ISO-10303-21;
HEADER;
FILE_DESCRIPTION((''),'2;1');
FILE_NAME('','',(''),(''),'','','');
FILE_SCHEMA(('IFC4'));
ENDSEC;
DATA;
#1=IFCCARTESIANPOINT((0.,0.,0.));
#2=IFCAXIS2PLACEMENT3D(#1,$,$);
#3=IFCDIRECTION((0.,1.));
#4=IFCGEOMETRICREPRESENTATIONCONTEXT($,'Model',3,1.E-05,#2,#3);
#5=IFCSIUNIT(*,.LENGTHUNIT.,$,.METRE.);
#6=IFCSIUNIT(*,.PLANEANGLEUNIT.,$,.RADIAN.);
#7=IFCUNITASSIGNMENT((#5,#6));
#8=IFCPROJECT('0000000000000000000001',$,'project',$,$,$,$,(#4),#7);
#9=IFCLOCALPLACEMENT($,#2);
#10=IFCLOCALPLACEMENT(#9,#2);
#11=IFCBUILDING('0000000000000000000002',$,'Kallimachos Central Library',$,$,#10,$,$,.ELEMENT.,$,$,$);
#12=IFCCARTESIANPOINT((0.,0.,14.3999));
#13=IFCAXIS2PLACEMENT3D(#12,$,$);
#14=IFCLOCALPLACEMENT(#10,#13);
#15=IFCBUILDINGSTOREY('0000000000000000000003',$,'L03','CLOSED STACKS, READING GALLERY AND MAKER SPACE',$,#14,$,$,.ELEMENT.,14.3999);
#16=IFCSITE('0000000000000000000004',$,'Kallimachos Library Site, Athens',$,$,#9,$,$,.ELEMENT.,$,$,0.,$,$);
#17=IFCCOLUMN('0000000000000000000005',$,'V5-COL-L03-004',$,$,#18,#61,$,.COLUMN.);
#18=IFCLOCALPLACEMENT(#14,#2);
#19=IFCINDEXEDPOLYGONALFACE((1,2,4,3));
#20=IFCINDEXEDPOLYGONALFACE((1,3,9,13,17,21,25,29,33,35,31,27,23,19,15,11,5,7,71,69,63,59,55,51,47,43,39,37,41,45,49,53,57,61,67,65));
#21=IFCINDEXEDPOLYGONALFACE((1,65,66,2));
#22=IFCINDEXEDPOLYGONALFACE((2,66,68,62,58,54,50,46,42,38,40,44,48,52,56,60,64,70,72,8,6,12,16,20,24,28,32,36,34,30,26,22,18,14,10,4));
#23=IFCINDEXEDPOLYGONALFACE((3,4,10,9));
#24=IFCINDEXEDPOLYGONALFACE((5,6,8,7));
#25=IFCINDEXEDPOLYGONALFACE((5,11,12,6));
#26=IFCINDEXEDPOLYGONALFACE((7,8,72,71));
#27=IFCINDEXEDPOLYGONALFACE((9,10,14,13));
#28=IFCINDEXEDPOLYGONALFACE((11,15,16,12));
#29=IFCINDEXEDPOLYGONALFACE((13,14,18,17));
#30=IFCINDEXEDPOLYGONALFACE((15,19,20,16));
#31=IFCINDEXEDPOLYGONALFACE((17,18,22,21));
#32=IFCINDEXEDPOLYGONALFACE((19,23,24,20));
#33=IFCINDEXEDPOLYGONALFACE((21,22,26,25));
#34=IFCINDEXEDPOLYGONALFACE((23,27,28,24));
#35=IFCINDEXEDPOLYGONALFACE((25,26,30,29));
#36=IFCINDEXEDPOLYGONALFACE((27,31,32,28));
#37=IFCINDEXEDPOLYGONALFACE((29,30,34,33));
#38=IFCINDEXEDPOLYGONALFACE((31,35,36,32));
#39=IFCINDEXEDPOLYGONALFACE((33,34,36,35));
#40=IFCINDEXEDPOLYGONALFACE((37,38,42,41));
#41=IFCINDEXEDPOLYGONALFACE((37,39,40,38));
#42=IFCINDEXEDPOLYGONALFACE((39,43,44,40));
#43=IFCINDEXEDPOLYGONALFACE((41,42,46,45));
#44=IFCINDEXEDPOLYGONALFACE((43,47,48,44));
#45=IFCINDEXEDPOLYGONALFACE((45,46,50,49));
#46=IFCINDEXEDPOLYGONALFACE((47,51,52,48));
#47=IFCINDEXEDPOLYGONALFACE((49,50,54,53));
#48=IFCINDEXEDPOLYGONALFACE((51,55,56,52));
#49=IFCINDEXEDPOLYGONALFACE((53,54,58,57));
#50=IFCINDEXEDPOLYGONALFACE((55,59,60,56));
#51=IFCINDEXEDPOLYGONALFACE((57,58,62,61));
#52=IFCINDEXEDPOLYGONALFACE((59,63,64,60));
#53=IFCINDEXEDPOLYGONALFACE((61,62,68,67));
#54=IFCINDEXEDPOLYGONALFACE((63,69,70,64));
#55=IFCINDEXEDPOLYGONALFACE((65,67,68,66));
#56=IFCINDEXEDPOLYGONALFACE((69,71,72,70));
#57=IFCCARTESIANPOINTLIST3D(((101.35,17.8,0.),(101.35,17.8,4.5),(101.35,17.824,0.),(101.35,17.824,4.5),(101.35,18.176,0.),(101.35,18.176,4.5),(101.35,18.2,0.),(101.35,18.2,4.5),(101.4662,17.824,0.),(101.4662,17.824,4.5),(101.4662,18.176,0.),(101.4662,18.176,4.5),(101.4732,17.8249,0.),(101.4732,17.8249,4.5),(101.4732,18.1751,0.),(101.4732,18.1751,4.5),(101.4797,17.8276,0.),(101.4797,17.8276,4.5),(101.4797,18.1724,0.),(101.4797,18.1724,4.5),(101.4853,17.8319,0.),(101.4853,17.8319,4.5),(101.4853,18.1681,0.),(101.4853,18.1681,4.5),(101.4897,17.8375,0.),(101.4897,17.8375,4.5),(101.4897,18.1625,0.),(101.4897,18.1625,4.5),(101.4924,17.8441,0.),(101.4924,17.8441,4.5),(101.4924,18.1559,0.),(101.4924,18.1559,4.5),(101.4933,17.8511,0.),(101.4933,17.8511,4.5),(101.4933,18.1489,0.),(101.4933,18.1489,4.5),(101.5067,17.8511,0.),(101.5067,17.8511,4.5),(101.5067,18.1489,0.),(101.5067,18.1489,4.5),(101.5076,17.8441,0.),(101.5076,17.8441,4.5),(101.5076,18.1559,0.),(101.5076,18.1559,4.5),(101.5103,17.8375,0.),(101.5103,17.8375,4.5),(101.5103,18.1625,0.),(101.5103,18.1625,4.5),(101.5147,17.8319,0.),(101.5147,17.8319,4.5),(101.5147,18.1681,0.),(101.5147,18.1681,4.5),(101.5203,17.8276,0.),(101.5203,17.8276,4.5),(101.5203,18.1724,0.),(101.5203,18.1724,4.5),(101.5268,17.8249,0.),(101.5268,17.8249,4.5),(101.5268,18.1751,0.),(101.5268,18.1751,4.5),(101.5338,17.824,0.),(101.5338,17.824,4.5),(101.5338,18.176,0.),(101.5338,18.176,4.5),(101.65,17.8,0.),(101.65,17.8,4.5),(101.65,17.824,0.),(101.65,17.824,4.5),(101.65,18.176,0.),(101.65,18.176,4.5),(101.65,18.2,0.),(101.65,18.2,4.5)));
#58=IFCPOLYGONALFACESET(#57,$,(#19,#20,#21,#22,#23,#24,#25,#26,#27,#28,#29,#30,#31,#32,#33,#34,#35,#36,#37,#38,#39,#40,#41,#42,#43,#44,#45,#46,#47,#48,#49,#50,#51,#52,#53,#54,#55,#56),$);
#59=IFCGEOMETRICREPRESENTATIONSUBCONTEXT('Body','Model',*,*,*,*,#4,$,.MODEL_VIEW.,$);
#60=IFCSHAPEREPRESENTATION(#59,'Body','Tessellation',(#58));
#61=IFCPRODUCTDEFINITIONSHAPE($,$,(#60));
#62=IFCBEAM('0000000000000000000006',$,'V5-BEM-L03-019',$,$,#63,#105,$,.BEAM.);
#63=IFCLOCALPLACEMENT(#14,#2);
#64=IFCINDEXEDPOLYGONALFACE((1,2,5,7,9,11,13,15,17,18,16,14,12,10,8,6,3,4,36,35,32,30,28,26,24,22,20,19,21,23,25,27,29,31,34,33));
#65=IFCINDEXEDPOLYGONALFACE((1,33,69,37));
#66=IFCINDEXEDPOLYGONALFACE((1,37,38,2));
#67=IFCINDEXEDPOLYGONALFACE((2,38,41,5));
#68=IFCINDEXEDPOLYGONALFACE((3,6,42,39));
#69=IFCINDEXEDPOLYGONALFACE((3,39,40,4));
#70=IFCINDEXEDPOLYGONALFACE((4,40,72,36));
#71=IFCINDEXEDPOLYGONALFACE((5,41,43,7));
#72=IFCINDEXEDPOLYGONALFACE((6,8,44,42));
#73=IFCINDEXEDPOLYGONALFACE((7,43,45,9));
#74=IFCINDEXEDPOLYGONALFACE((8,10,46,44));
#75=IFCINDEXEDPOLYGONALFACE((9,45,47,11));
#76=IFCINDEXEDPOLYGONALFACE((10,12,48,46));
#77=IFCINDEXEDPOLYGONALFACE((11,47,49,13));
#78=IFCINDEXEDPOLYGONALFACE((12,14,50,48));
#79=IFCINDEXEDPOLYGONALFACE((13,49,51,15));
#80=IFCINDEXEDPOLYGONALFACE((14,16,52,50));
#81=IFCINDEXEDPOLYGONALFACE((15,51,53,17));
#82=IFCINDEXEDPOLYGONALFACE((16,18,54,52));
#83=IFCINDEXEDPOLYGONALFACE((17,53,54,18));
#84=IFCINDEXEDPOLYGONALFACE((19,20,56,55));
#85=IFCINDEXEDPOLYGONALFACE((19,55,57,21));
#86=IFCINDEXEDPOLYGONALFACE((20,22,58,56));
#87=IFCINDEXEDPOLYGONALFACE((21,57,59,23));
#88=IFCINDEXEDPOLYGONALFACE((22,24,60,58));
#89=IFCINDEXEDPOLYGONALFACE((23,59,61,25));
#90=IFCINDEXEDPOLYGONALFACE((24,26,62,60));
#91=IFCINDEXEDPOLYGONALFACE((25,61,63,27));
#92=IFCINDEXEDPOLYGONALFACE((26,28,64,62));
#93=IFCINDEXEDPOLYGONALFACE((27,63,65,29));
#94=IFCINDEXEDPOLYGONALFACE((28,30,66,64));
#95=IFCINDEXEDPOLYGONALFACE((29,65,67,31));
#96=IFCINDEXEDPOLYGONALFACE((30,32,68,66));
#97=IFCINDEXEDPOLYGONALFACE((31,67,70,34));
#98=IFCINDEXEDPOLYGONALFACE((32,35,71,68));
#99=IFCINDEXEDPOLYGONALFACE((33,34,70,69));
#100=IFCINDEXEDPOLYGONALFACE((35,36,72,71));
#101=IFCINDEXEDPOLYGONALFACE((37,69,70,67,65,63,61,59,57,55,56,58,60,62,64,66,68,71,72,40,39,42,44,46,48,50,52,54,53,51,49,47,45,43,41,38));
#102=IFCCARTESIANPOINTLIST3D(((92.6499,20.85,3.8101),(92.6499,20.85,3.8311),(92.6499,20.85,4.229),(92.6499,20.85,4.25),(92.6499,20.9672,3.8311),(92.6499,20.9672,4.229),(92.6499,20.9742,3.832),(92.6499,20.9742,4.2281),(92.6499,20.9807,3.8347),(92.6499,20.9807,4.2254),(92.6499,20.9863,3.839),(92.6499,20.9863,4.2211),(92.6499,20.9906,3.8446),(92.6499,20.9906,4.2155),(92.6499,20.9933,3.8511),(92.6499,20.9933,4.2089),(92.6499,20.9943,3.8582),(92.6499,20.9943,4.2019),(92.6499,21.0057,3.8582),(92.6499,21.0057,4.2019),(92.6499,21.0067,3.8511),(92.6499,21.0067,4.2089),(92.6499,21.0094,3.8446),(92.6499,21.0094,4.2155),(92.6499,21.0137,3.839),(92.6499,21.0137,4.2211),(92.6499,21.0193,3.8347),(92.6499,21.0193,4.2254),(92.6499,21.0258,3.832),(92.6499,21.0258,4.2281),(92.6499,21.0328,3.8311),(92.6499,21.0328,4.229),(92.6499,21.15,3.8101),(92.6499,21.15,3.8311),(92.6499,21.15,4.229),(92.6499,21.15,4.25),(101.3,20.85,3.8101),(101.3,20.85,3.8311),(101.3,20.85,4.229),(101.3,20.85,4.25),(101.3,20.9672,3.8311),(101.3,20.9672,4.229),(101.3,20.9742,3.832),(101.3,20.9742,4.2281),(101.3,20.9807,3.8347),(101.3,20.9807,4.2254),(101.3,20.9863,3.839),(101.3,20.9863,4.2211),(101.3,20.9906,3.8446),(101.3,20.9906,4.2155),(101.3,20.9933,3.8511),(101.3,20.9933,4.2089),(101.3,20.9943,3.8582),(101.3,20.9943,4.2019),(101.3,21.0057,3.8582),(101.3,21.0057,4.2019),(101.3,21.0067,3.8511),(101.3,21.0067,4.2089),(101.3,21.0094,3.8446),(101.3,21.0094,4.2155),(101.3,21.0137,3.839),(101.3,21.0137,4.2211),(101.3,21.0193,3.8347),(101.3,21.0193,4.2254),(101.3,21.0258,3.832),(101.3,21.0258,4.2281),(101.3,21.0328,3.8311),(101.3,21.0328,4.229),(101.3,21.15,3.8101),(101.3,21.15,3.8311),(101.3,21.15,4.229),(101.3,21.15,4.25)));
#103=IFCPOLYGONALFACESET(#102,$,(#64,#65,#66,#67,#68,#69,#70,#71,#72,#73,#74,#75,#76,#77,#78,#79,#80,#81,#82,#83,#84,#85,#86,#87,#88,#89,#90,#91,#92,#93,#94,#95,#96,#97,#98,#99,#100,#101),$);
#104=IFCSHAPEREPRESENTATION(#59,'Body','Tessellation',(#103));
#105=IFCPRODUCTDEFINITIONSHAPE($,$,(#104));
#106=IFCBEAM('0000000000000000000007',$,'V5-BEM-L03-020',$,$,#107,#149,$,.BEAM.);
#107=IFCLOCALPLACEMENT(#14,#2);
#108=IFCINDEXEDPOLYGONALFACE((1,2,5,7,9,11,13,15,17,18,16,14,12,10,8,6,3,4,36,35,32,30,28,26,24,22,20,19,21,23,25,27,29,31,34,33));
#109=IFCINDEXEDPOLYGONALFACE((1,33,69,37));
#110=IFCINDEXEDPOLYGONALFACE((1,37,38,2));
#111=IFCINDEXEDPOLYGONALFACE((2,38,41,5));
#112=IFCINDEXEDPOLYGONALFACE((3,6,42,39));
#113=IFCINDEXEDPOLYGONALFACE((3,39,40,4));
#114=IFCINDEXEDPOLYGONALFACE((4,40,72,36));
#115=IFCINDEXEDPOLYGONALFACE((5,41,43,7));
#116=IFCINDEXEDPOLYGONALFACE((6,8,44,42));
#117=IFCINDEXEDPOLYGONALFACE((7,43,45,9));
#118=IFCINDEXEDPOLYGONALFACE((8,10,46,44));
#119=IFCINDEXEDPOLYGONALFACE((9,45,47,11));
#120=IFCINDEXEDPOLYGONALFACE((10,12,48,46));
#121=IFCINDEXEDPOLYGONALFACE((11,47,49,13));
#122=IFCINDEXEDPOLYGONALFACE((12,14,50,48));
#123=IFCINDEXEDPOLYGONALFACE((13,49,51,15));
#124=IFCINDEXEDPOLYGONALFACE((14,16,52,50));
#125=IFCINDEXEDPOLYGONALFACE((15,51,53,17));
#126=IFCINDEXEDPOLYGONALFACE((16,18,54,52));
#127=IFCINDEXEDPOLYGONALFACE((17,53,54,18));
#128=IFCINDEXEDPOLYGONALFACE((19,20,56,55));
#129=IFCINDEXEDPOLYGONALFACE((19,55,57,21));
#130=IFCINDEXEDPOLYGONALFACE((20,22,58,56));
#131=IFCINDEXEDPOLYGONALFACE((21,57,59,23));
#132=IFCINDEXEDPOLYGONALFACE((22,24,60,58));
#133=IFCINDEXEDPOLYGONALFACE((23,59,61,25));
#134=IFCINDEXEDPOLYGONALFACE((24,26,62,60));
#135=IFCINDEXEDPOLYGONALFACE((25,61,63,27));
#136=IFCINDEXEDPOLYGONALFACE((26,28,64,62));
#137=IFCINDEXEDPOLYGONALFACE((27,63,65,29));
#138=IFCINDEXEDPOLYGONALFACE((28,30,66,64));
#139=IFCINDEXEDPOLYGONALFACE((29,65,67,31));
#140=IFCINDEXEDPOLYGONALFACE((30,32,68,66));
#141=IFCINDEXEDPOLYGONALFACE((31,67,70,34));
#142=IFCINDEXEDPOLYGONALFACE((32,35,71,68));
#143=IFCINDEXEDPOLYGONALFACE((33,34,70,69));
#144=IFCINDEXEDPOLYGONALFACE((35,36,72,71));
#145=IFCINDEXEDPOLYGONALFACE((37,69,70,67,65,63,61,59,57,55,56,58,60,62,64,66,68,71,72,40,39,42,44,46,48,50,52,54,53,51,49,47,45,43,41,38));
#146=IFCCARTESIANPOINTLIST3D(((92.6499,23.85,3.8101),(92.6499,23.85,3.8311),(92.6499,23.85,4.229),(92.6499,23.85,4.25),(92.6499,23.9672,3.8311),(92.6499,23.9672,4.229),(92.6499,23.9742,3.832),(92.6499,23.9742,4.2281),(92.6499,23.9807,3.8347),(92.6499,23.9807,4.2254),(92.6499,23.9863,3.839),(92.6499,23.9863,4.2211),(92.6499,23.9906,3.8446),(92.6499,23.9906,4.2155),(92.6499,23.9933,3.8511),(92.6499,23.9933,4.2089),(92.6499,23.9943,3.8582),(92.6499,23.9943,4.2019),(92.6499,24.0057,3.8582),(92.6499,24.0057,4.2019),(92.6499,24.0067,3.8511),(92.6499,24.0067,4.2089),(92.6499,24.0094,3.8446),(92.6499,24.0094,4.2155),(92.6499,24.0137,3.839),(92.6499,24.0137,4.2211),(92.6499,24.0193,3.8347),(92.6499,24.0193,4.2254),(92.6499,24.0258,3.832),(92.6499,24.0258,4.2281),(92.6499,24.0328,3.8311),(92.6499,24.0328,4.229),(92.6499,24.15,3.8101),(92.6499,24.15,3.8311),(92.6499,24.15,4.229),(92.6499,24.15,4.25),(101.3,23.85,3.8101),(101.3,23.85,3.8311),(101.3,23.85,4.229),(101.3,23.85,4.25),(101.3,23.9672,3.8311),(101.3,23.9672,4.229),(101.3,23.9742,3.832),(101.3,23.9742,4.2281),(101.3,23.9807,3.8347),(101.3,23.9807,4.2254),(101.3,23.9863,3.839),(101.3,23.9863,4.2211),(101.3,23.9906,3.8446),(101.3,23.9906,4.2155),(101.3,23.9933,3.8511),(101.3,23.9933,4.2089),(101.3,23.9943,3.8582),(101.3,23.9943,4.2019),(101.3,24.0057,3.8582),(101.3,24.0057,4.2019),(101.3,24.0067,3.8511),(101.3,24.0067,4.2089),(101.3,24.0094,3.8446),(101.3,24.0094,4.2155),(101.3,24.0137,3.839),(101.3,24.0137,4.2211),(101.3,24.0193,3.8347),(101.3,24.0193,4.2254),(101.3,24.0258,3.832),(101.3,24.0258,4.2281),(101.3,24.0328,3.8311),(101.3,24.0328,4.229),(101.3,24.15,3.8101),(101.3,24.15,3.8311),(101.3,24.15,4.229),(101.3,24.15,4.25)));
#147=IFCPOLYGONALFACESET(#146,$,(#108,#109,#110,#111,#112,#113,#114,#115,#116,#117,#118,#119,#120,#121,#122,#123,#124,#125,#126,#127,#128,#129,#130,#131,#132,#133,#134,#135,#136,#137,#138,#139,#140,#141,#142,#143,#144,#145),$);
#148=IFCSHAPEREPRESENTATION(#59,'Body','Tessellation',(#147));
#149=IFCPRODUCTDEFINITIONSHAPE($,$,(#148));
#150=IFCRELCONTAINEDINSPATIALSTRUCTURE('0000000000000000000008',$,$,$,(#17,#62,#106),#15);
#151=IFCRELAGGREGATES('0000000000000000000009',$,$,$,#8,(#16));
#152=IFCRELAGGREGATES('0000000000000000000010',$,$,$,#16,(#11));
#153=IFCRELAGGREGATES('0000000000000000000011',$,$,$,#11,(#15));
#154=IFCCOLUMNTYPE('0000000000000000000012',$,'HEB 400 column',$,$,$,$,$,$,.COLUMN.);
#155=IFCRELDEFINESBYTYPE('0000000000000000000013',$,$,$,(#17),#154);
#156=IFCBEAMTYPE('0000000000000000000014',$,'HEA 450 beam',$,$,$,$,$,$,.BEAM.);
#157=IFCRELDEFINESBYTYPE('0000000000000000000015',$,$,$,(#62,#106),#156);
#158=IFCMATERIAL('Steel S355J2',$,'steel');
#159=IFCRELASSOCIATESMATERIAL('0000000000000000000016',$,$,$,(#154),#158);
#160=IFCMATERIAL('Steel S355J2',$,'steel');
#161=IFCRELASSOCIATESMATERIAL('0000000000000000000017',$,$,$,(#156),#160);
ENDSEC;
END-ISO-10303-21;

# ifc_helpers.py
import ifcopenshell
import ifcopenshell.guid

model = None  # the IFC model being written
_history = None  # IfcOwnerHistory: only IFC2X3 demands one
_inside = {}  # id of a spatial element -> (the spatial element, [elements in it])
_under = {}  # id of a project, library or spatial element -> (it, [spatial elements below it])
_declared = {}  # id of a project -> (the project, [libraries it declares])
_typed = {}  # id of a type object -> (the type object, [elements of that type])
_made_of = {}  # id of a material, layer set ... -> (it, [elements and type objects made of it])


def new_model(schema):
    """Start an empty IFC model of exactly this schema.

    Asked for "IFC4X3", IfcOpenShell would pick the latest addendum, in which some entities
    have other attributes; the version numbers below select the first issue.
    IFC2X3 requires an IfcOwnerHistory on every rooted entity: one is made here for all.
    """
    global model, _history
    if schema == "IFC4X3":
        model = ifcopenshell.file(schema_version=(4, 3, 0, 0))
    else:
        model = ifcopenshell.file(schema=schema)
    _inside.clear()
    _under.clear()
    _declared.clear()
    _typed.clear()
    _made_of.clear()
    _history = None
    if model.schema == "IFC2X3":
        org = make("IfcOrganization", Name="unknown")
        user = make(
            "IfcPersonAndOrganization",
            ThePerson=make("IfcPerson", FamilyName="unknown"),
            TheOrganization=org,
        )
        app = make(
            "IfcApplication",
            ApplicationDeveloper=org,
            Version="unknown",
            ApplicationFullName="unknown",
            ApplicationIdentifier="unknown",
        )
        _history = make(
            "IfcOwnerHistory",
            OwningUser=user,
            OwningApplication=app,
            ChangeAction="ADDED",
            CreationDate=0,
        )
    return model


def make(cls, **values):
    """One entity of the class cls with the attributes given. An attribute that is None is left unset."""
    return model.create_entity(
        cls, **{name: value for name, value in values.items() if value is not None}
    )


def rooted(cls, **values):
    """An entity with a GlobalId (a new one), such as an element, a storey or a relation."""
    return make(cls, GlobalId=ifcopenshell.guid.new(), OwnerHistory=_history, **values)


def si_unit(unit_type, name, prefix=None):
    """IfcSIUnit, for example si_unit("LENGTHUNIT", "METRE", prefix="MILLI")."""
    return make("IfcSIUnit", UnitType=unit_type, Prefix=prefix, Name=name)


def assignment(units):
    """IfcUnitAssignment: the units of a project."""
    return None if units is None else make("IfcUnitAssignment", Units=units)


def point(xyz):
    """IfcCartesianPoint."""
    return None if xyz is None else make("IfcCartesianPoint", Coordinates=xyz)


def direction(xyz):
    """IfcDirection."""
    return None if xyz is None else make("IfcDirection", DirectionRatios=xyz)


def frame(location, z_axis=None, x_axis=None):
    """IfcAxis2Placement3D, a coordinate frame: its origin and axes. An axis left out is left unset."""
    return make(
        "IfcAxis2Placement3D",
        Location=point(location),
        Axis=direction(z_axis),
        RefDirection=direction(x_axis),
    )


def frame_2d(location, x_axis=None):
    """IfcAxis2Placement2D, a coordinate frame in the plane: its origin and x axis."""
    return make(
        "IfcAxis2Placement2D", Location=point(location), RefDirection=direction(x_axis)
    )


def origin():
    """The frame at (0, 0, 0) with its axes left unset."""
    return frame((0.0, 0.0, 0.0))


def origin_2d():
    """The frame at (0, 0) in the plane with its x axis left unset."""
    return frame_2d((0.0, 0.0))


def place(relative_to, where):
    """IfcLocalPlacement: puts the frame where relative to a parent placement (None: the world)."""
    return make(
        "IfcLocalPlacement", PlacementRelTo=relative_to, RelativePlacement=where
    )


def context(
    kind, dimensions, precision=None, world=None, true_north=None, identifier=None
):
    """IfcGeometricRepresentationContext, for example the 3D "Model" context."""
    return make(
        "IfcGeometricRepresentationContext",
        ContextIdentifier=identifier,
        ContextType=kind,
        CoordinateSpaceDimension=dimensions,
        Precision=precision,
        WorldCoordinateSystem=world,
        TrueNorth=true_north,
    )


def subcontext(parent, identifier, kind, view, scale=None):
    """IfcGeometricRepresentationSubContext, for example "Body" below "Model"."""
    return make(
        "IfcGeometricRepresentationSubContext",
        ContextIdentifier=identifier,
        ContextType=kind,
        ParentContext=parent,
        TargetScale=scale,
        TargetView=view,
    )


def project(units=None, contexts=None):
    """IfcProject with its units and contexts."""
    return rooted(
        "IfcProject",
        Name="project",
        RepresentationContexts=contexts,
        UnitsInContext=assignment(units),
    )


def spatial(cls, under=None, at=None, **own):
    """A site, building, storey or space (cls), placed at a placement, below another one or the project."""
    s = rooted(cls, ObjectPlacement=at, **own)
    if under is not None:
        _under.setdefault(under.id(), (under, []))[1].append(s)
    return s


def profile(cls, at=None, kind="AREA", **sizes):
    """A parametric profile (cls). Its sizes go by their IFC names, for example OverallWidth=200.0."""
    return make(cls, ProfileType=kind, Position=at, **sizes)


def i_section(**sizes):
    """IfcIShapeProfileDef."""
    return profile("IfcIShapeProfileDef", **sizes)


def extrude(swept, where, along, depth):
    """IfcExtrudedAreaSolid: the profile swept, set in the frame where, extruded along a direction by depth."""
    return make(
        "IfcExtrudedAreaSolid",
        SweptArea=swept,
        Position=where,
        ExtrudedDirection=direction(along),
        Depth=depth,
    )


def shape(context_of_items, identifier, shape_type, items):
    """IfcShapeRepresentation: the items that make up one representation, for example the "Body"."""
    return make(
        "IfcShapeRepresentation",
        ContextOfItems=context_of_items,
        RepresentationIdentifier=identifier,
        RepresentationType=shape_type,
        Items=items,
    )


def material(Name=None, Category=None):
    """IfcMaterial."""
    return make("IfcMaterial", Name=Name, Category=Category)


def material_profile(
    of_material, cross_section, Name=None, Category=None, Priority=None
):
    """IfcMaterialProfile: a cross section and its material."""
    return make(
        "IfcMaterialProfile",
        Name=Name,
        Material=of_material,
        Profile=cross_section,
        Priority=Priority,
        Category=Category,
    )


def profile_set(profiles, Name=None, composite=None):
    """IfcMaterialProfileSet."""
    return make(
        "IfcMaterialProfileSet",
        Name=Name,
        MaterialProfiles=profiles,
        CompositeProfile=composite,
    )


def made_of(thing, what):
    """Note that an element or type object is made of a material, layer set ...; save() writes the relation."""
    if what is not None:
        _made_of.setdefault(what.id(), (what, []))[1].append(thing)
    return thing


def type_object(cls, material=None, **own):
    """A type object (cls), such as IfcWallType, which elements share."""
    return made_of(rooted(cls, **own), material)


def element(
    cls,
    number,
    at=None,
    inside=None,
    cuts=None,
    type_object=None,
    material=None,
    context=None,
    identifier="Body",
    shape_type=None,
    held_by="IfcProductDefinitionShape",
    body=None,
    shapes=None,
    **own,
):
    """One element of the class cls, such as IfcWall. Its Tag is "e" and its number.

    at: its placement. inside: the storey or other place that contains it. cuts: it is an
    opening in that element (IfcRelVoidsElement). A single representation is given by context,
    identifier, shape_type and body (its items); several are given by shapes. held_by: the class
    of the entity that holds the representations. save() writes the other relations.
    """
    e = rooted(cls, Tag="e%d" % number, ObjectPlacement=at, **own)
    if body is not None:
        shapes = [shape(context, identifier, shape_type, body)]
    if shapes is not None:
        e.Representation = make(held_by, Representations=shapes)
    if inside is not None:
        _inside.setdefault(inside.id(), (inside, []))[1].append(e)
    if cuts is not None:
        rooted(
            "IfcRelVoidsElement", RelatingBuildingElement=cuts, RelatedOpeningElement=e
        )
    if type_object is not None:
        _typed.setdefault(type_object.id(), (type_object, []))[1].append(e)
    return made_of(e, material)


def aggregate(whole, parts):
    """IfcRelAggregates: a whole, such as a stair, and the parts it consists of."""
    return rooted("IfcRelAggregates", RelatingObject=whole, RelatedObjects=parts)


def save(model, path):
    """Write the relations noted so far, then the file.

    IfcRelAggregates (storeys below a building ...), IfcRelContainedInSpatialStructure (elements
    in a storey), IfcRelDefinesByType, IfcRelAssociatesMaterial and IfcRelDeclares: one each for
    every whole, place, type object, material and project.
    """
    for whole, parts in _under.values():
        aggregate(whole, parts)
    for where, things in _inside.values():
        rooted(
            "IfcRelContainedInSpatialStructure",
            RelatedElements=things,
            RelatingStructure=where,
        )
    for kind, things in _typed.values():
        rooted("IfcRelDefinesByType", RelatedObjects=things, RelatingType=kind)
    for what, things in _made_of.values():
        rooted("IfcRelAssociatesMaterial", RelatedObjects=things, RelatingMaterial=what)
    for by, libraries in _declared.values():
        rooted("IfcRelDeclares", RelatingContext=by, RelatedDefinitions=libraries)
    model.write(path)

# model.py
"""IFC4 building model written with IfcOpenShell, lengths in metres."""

from ifc_helpers import new_model, si_unit, direction, frame, origin, origin_2d, place, context, subcontext, project, spatial, i_section, extrude, material, material_profile, profile_set, type_object, element, save


model = new_model("IFC4")

# Units and contexts
model_context = context("Model", 3, precision=1e-05, world=origin(), true_north=direction((0.0, 1.0)))
body_context = subcontext(model_context, "Body", "Model", "MODEL_VIEW")
ifc_project = project(units=[si_unit("LENGTHUNIT", "METRE"), si_unit("PLANEANGLEUNIT", "RADIAN")], contexts=[model_context])

# Site, building, storey
site_placement = place(None, origin())
site = spatial("IfcSite", under=ifc_project, at=site_placement, Name="Kallimachos Library Site, Athens", CompositionType="ELEMENT", RefElevation=0.0)
building_placement = place(site_placement, origin())
building = spatial("IfcBuilding", under=site, at=building_placement, Name="Kallimachos Central Library", CompositionType="ELEMENT")
storey_placement = place(building_placement, frame((0.0, 0.0, 14.3999)))
storey = spatial("IfcBuildingStorey", under=building, at=storey_placement, Name="L03", Description="CLOSED STACKS, READING GALLERY AND MAKER SPACE", CompositionType="ELEMENT", Elevation=14.3999)

# Column
ifc_material_1 = material(Name="Steel S355J2", Category="steel")
ifc_material_profile_1 = material_profile(ifc_material_1, i_section(OverallWidth=0.3, OverallDepth=0.3999, WebThickness=0.0134, FlangeThickness=0.0239, FilletRadius=0.0271, at=origin_2d()), Name="HEB 400")
ifc_profile_set_1 = profile_set([ifc_material_profile_1], Name="Steel S355J2")
column_type = type_object("IfcColumnType", Name="HEB 400 column", PredefinedType="COLUMN", material=ifc_profile_set_1)
column_placement = place(storey_placement, frame((101.5, 18.0, 0.0), z_axis=(0.0, 0.0, 1.0), x_axis=(1.0, 0.0, 0.0)))
element("IfcColumn", 1, at=column_placement, inside=storey, type_object=column_type, Name="V5-COL-L03-004", PredefinedType="COLUMN", context=body_context, shape_type="SweptSolid", body=[
    extrude(i_section(OverallWidth=0.3, OverallDepth=0.3999, WebThickness=0.0134, FlangeThickness=0.0239, FilletRadius=0.0271, at=origin_2d()), origin(), (0.0, 0.0, 1.0), 4.5),
])

# Beams
ifc_material_2 = material(Name="Steel S355J2", Category="steel")
ifc_material_profile_2 = material_profile(ifc_material_2, i_section(OverallWidth=0.3, OverallDepth=0.4399, WebThickness=0.0115, FlangeThickness=0.021, FilletRadius=0.0271, at=origin_2d()), Name="HEA 450")
ifc_profile_set_2 = profile_set([ifc_material_profile_2], Name="Steel S355J2")
beam_type = type_object("IfcBeamType", Name="HEA 450 beam", PredefinedType="BEAM", material=ifc_profile_set_2)
for number, where, z_axis, x_axis, name in (
    (2, (92.6499, 21.0, 4.03), (1.0, 0.0, 0.0), (0.0, 1.0, 0.0), "V5-BEM-L03-019"),
    (3, (92.6499, 24.0, 4.03), (1.0, 0.0, 0.0), (0.0, 1.0, 0.0), "V5-BEM-L03-020"),
):
    element("IfcBeam", number, at=place(storey_placement, frame(where, z_axis=z_axis, x_axis=x_axis)), inside=storey, type_object=beam_type, Name=name, PredefinedType="BEAM", context=body_context, shape_type="SweptSolid", body=[
        extrude(i_section(OverallWidth=0.3, OverallDepth=0.4399, WebThickness=0.0115, FlangeThickness=0.021, FilletRadius=0.0271, at=origin_2d()), origin(), (0.0, 0.0, 1.0), 8.6501),
    ])

save(model, "model.ifc")
